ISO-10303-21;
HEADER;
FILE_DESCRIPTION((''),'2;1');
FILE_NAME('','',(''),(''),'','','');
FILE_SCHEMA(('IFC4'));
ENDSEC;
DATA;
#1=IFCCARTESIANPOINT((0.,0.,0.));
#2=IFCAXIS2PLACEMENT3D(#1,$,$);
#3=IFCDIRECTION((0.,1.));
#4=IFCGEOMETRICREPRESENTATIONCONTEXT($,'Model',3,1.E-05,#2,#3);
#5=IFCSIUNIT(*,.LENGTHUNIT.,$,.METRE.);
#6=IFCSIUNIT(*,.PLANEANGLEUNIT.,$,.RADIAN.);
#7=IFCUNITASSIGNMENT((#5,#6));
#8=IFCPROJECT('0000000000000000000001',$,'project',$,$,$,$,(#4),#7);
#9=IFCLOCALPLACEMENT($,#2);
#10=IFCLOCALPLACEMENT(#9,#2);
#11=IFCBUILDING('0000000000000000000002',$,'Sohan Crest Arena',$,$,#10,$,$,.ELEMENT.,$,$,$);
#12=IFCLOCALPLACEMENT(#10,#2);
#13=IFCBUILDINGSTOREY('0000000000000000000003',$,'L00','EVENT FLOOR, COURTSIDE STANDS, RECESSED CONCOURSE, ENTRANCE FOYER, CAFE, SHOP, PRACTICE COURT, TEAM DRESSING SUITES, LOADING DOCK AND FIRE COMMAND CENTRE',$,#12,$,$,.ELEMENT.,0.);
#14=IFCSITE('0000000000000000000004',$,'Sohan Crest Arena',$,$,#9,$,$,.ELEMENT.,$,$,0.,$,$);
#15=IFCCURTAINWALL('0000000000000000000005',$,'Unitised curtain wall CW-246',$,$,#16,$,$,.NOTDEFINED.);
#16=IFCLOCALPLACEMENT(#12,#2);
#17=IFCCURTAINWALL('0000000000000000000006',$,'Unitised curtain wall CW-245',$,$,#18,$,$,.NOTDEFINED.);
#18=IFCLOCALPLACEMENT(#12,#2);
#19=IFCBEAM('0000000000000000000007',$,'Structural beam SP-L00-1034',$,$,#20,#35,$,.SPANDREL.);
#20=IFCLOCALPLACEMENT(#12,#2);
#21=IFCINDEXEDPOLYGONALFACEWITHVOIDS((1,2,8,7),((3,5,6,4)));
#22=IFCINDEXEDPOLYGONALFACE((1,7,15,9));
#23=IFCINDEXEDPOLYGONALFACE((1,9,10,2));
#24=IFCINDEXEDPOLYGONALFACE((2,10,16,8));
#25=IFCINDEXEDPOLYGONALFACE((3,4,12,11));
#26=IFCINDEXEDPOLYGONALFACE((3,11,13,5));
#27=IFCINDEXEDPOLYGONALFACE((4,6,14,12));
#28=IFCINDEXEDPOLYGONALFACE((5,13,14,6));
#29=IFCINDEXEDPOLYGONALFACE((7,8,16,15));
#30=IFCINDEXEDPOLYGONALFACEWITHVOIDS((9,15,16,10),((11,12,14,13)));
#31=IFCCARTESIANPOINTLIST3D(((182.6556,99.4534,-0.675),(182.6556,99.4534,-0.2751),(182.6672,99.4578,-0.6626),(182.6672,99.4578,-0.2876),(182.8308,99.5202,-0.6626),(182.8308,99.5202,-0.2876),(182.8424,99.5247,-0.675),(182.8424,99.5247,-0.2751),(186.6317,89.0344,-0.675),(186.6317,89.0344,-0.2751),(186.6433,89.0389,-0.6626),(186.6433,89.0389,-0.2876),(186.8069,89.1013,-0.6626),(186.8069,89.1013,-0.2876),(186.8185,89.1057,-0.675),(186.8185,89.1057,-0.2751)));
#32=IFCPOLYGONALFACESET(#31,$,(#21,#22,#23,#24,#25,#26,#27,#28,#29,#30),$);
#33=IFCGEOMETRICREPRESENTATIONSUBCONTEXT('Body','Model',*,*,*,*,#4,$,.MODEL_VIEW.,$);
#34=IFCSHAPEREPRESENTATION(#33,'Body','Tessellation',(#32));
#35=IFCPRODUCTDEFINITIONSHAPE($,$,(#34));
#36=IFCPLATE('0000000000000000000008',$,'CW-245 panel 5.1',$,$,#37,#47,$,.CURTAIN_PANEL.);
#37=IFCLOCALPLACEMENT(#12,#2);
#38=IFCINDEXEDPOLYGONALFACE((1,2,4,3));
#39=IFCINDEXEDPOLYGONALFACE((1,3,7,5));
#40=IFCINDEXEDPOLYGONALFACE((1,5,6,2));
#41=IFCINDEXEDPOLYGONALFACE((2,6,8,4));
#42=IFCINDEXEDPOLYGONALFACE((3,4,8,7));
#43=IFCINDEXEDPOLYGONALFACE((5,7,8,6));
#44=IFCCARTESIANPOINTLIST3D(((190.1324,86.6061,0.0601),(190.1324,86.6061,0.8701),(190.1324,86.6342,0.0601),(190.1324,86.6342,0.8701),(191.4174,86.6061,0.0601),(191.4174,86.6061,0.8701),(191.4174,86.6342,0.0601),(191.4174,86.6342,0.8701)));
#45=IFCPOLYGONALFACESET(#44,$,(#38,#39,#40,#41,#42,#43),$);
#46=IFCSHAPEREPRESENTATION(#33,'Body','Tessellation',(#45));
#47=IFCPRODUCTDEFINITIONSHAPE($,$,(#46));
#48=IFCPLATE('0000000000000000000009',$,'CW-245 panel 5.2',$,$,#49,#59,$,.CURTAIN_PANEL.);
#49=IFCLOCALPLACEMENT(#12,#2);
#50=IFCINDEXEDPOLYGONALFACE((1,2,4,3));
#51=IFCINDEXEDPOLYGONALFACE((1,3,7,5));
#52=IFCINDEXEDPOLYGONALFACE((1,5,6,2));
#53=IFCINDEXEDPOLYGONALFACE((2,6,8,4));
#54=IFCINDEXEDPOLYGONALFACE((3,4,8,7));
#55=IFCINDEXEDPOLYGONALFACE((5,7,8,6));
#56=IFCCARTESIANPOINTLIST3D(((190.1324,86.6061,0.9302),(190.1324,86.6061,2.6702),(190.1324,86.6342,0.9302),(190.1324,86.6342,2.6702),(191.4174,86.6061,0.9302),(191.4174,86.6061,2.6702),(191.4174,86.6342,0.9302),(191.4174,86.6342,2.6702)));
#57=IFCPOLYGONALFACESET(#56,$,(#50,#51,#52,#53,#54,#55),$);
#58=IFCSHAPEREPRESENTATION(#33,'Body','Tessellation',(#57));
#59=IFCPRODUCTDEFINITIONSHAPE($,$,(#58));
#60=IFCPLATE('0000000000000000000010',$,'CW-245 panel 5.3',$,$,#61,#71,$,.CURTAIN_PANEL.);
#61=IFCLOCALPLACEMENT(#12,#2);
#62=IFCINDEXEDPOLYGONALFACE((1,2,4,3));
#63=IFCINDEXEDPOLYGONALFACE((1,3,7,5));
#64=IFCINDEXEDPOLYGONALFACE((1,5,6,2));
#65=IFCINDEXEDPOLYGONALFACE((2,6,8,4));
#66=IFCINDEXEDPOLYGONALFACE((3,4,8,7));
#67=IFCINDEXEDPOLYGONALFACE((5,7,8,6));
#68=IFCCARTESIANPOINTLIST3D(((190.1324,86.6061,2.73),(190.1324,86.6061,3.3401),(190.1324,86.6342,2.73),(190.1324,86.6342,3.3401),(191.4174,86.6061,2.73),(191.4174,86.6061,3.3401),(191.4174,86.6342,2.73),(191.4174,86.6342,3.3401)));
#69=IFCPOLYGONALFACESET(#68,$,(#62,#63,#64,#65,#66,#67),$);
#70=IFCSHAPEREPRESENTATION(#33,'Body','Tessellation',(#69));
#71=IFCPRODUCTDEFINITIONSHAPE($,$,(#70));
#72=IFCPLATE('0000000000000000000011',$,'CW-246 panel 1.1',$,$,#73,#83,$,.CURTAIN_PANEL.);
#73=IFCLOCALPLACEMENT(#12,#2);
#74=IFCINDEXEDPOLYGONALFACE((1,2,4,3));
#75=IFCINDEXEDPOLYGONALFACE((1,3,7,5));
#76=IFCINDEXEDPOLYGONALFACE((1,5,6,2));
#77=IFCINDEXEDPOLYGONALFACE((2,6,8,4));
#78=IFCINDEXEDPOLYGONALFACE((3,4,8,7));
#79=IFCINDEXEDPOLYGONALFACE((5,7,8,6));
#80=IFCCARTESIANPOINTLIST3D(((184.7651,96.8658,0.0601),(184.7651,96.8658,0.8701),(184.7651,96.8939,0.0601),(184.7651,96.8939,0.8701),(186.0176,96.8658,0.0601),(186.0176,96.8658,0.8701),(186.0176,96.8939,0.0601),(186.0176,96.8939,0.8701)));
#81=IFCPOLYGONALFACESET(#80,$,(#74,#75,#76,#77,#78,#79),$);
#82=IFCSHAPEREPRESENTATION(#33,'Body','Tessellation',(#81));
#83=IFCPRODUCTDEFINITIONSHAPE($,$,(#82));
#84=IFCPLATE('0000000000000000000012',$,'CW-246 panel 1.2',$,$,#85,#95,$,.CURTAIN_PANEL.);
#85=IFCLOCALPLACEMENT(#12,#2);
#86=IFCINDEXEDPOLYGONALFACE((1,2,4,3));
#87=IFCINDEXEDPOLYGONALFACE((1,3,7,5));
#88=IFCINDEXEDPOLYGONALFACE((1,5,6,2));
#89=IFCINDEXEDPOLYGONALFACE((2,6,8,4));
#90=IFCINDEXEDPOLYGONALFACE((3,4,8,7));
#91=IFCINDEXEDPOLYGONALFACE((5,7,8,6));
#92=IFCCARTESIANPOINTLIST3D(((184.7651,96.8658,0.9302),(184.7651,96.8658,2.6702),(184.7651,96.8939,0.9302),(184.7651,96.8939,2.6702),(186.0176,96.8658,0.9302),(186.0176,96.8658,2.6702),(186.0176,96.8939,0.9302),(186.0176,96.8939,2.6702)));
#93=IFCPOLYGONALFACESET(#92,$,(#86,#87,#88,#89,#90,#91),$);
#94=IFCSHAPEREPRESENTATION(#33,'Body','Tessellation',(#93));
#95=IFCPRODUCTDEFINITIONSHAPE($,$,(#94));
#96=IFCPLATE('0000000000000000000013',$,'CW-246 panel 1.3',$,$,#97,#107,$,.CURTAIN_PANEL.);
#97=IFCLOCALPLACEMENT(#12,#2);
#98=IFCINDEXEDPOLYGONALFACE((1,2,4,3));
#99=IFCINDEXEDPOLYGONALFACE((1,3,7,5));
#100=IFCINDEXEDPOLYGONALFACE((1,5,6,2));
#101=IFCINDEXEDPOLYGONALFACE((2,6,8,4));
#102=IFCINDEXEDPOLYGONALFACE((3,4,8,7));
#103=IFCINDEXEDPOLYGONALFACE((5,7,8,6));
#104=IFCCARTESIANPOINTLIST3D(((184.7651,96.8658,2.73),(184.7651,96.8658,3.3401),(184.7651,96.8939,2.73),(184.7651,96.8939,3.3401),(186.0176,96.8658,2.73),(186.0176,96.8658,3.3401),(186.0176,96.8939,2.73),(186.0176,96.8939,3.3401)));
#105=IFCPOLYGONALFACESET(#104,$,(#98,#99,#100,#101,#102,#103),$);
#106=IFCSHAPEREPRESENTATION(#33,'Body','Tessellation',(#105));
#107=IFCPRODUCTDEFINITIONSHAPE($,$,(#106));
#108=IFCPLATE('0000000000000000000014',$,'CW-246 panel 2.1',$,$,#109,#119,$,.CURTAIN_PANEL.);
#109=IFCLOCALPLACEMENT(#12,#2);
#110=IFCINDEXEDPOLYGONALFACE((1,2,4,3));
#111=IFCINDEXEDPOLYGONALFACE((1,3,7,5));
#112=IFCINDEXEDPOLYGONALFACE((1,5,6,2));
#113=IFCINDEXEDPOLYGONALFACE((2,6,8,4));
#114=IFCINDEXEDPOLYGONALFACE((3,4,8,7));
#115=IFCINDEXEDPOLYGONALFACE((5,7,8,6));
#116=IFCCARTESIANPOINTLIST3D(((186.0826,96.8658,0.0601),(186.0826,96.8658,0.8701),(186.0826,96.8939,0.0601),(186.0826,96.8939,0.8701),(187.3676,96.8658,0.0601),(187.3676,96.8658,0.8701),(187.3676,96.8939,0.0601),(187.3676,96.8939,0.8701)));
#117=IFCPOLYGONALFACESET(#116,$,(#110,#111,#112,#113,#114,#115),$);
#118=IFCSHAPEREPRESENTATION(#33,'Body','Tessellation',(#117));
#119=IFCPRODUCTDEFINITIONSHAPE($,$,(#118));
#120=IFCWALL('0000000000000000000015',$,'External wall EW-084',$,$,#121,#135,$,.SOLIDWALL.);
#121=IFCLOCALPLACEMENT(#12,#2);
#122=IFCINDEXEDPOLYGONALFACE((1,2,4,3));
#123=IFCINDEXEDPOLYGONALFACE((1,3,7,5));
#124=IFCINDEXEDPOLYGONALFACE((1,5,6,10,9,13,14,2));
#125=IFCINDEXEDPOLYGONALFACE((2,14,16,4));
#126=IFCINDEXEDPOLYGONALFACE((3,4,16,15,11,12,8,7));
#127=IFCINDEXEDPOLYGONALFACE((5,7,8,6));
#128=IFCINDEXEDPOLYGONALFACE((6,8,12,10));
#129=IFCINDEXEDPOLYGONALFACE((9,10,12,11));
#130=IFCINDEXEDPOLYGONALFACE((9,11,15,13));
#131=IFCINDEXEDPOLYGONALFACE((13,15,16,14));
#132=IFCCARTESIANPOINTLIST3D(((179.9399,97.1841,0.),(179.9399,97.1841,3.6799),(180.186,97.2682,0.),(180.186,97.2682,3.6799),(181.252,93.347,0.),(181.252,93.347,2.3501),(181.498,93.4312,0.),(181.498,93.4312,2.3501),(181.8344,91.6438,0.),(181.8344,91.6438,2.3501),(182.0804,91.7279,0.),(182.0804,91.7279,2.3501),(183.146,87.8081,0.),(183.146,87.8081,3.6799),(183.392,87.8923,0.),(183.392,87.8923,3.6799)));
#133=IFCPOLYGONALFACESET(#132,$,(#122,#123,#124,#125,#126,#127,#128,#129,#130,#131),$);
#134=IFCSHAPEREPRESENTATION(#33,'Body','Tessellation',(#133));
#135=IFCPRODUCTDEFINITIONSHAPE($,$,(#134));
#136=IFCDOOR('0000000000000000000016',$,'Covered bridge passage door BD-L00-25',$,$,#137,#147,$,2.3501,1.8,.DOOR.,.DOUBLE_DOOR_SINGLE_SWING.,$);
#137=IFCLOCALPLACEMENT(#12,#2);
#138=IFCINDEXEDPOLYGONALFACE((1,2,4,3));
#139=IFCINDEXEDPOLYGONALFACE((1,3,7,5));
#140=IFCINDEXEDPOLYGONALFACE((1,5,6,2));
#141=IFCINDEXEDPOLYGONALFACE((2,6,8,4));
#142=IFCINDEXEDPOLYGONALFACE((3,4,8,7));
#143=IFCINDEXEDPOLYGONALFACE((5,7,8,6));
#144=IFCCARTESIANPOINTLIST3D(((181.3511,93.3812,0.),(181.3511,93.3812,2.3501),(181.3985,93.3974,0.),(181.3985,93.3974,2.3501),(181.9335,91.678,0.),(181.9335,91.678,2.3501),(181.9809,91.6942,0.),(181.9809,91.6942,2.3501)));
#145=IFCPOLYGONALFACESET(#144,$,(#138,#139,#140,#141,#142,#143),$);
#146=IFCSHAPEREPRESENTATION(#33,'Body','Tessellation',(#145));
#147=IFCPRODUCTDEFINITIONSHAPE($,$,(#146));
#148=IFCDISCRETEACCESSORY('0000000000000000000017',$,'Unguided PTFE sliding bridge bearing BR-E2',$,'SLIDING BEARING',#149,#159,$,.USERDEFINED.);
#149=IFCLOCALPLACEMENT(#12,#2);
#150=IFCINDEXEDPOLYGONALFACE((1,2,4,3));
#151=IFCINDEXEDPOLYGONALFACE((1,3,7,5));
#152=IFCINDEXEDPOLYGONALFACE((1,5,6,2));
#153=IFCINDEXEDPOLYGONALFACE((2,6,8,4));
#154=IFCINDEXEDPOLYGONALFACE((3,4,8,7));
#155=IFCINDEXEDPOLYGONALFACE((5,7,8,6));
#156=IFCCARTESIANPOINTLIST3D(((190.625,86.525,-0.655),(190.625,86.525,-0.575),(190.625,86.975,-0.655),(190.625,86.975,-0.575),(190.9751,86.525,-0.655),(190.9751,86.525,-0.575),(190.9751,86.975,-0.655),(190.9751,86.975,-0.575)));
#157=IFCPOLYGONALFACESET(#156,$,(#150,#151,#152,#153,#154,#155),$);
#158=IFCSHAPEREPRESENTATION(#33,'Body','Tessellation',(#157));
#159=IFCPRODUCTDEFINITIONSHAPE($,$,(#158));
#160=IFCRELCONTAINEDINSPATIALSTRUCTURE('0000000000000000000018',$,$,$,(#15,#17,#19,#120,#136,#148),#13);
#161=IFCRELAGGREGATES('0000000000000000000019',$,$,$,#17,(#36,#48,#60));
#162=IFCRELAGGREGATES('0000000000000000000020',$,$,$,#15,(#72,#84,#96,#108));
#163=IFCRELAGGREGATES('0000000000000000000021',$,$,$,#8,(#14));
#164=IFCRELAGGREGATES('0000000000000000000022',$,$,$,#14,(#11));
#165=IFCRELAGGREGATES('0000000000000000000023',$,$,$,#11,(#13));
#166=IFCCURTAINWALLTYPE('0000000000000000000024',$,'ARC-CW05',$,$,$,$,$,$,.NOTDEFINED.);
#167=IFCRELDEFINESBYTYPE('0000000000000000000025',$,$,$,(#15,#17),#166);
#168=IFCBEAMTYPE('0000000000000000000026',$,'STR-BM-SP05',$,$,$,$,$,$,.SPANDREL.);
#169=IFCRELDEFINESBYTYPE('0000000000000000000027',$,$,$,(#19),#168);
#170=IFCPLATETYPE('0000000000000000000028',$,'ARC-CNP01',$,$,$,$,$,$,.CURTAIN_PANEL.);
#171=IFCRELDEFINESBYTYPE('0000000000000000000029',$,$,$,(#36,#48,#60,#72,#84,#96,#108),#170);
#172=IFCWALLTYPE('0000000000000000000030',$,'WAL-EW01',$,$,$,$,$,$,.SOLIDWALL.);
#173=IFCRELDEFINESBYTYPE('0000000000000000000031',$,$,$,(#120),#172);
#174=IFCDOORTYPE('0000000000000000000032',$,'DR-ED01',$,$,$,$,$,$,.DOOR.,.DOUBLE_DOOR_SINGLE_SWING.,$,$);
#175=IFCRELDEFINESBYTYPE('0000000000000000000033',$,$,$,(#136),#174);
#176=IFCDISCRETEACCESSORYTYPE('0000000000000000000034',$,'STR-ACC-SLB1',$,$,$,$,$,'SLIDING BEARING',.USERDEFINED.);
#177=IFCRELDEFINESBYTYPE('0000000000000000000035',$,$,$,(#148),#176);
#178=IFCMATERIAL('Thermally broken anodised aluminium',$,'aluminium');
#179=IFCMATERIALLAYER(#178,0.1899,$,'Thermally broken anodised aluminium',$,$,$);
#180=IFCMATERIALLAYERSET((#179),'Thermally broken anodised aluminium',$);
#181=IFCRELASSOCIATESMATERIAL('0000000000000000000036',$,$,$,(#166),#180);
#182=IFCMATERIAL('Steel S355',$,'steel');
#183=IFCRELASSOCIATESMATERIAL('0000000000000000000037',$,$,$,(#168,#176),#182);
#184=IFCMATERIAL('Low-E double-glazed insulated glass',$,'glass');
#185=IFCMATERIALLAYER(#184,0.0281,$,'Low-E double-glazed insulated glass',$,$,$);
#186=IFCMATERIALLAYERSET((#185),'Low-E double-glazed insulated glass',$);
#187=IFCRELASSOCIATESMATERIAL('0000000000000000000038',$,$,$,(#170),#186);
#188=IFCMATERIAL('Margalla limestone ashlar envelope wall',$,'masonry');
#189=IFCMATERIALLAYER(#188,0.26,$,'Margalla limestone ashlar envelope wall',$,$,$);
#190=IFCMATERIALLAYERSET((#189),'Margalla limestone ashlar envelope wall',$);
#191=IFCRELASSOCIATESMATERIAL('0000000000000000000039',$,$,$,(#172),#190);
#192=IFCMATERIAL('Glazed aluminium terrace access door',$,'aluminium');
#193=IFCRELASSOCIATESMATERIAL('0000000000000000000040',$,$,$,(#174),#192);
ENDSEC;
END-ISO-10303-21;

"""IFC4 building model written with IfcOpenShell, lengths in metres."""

from ifc_helpers import new_model, si_unit, direction, frame, frame_2d, origin, origin_2d, place, context, subcontext, project, spatial, rectangle, hollow_rectangle, extrude, material, layer, layer_set, material_profile, profile_set, type_object, element, fill, aggregate, save


model = new_model("IFC4")

# Units and contexts
model_context = context("Model", 3, precision=1e-05, world=origin(), true_north=direction((0.0, 1.0)))
body_context = subcontext(model_context, "Body", "Model", "MODEL_VIEW")
ifc_project = project(units=[si_unit("LENGTHUNIT", "METRE"), si_unit("PLANEANGLEUNIT", "RADIAN")], contexts=[model_context])

# Site, building, storey
site_placement = place(None, origin())
site = spatial("IfcSite", under=ifc_project, at=site_placement, Name="Sohan Crest Arena", CompositionType="ELEMENT", RefElevation=0.0)
building_placement = place(site_placement, origin())
building = spatial("IfcBuilding", under=site, at=building_placement, Name="Sohan Crest Arena", CompositionType="ELEMENT")
storey_placement = place(building_placement, origin())
storey = spatial("IfcBuildingStorey", under=building, at=storey_placement, Name="L00", Description="EVENT FLOOR, COURTSIDE STANDS, RECESSED CONCOURSE, ENTRANCE FOYER, CAFE, SHOP, PRACTICE COURT, TEAM DRESSING SUITES, LOADING DOCK AND FIRE COMMAND CENTRE", CompositionType="ELEMENT", Elevation=0.0)

# Shared definitions
ifc_material_1 = material(Name="Steel S355", Category="steel")

# Curtain wall
ifc_material_2 = material(Name="Thermally broken anodised aluminium", Category="aluminium")
ifc_layer_1 = layer(ifc_material_2, 0.1899, Name="Thermally broken anodised aluminium")
ifc_layer_set_1 = layer_set([ifc_layer_1], Name="Thermally broken anodised aluminium")
curtain_wall_type = type_object("IfcCurtainWallType", Name="ARC-CW05", PredefinedType="NOTDEFINED", material=ifc_layer_set_1)
curtain_wall_1_placement = place(storey_placement, origin())
curtain_wall_1 = element("IfcCurtainWall", 1, at=curtain_wall_1_placement, inside=storey, type_object=curtain_wall_type, Name="Unitised curtain wall CW-246", PredefinedType="NOTDEFINED")

# Curtain wall
curtain_wall_2_placement = place(storey_placement, origin())
curtain_wall_2 = element("IfcCurtainWall", 2, at=curtain_wall_2_placement, inside=storey, type_object=curtain_wall_type, Name="Unitised curtain wall CW-245", PredefinedType="NOTDEFINED")

# Beam
ifc_material_profile_1 = material_profile(ifc_material_1, hollow_rectangle(XDim=0.2, YDim=0.3999, WallThickness=0.0125, at=origin_2d()), Name="RHS 400x200x12.5")
ifc_profile_set_1 = profile_set([ifc_material_profile_1], Name="Steel S355")
beam_type_1 = type_object("IfcBeamType", Name="STR-BM-SP05", PredefinedType="SPANDREL", material=ifc_profile_set_1)
beam_1_placement = place(storey_placement, frame((186.7251, 89.0701, -0.4751), z_axis=(-0.35654, 0.93428, 0.0), x_axis=(-0.93428, -0.35654, 0.0)))
element("IfcBeam", 3, at=beam_1_placement, inside=storey, type_object=beam_type_1, Name="Structural beam SP-L00-1034", PredefinedType="SPANDREL", context=body_context, shape_type="SweptSolid", body=[
    extrude(hollow_rectangle(XDim=0.2, YDim=0.3999, WallThickness=0.0125, at=origin_2d()), origin(), (0.0, 0.0, 1.0), 11.1519),
])

# Plates
ifc_material_3 = material(Name="Low-E double-glazed insulated glass", Category="glass")
ifc_layer_2 = layer(ifc_material_3, 0.0281, Name="Low-E double-glazed insulated glass")
ifc_layer_set_2 = layer_set([ifc_layer_2], Name="Low-E double-glazed insulated glass")
plate_type = type_object("IfcPlateType", Name="ARC-CNP01", PredefinedType="CURTAIN_PANEL", material=ifc_layer_set_2)
plate_1_placement = place(storey_placement, frame((190.7749, 86.6201, 0.0601), z_axis=(0.0, 0.0, 1.0), x_axis=(1.0, 0.0, 0.0)))
plate_1 = element("IfcPlate", 4, at=plate_1_placement, type_object=plate_type, Name="CW-245 panel 5.1", PredefinedType="CURTAIN_PANEL", context=body_context, shape_type="SweptSolid", body=[
    extrude(rectangle(XDim=1.2849, YDim=0.0281, at=origin_2d()), origin(), (0.0, 0.0, 1.0), 0.8101),
])
plate_2_placement = place(storey_placement, frame((190.7749, 86.6201, 0.9302), z_axis=(0.0, 0.0, 1.0), x_axis=(1.0, 0.0, 0.0)))
plate_2 = element("IfcPlate", 5, at=plate_2_placement, type_object=plate_type, Name="CW-245 panel 5.2", PredefinedType="CURTAIN_PANEL", context=body_context, shape_type="SweptSolid", body=[
    extrude(rectangle(XDim=1.2849, YDim=0.0281, at=origin_2d()), origin(), (0.0, 0.0, 1.0), 1.74),
])
plate_3_placement = place(storey_placement, frame((190.7749, 86.6201, 2.73), z_axis=(0.0, 0.0, 1.0), x_axis=(1.0, 0.0, 0.0)))
plate_3 = element("IfcPlate", 6, at=plate_3_placement, type_object=plate_type, Name="CW-245 panel 5.3", PredefinedType="CURTAIN_PANEL", context=body_context, shape_type="SweptSolid", body=[
    extrude(rectangle(XDim=1.2849, YDim=0.0281, at=origin_2d()), origin(), (0.0, 0.0, 1.0), 0.6101),
])
aggregate(curtain_wall_2, [plate_1, plate_2, plate_3])
plate_4_placement = place(storey_placement, frame((185.3914, 96.8799, 0.0601), z_axis=(0.0, 0.0, 1.0), x_axis=(1.0, 0.0, 0.0)))
plate_4 = element("IfcPlate", 7, at=plate_4_placement, type_object=plate_type, Name="CW-246 panel 1.1", PredefinedType="CURTAIN_PANEL", context=body_context, shape_type="SweptSolid", body=[
    extrude(rectangle(XDim=1.2524, YDim=0.0281, at=origin_2d()), origin(), (0.0, 0.0, 1.0), 0.8101),
])
plate_5_placement = place(storey_placement, frame((185.3914, 96.8799, 0.9302), z_axis=(0.0, 0.0, 1.0), x_axis=(1.0, 0.0, 0.0)))
plate_5 = element("IfcPlate", 8, at=plate_5_placement, type_object=plate_type, Name="CW-246 panel 1.2", PredefinedType="CURTAIN_PANEL", context=body_context, shape_type="SweptSolid", body=[
    extrude(rectangle(XDim=1.2524, YDim=0.0281, at=origin_2d()), origin(), (0.0, 0.0, 1.0), 1.74),
])
plate_6_placement = place(storey_placement, frame((185.3914, 96.8799, 2.73), z_axis=(0.0, 0.0, 1.0), x_axis=(1.0, 0.0, 0.0)))
plate_6 = element("IfcPlate", 9, at=plate_6_placement, type_object=plate_type, Name="CW-246 panel 1.3", PredefinedType="CURTAIN_PANEL", context=body_context, shape_type="SweptSolid", body=[
    extrude(rectangle(XDim=1.2524, YDim=0.0281, at=origin_2d()), origin(), (0.0, 0.0, 1.0), 0.6101),
])
plate_7_placement = place(storey_placement, frame((186.7251, 96.8799, 0.0601), z_axis=(0.0, 0.0, 1.0), x_axis=(1.0, 0.0, 0.0)))
plate_7 = element("IfcPlate", 10, at=plate_7_placement, type_object=plate_type, Name="CW-246 panel 2.1", PredefinedType="CURTAIN_PANEL", context=body_context, shape_type="SweptSolid", body=[
    extrude(rectangle(XDim=1.2849, YDim=0.0281, at=origin_2d()), origin(), (0.0, 0.0, 1.0), 0.8101),
])
aggregate(curtain_wall_1, [plate_4, plate_5, plate_6, plate_7])

# Wall, opening, door
ifc_material_4 = material(Name="Margalla limestone ashlar envelope wall", Category="masonry")
ifc_layer_3 = layer(ifc_material_4, 0.26, Name="Margalla limestone ashlar envelope wall")
ifc_layer_set_3 = layer_set([ifc_layer_3], Name="Margalla limestone ashlar envelope wall")
wall_type = type_object("IfcWallType", Name="WAL-EW01", PredefinedType="SOLIDWALL", material=ifc_layer_set_3)
wall_placement = place(storey_placement, frame((183.269, 87.8501, 0.0), z_axis=(0.0, 0.0, 1.0), x_axis=(-0.323551, 0.946211, 0.0)))
wall = element("IfcWall", 11, at=wall_placement, inside=storey, type_object=wall_type, Name="External wall EW-084", PredefinedType="SOLIDWALL", context=body_context, shape_type="SweptSolid", body=[
    extrude(rectangle(XDim=9.9089, YDim=0.26, at=frame_2d((4.9546, 0.0))), origin(), (0.0, 0.0, 1.0), 3.6799),
])
opening_placement = place(wall_placement, frame((4.054, 0.0, 0.0)))
opening = element("IfcOpeningElement", 12, at=opening_placement, cuts=wall, PredefinedType="OPENING", context=body_context, shape_type="SweptSolid", body=[
    extrude(rectangle(XDim=1.8, YDim=2.3501, at=frame_2d((0.8999, 1.175))), frame((0.0, 0.1399, 0.0), z_axis=(0.0, -1.0, 0.0), x_axis=(1.0, 0.0, 0.0)), (0.0, 0.0, 1.0), 0.28),
])
ifc_material_5 = material(Name="Glazed aluminium terrace access door", Category="aluminium")
door_type = type_object("IfcDoorType", Name="DR-ED01", OperationType="DOUBLE_DOOR_SINGLE_SWING", PredefinedType="DOOR", material=ifc_material_5)
door_placement = place(opening_placement, frame((1.8, 0.0, 0.0), z_axis=(0.0, 0.0, 1.0), x_axis=(-1.0, 0.0, 0.0)))
door = element("IfcDoor", 13, at=door_placement, inside=storey, type_object=door_type, Name="Covered bridge passage door BD-L00-25", OperationType="DOUBLE_DOOR_SINGLE_SWING", OverallHeight=2.3501, OverallWidth=1.8, PredefinedType="DOOR", context=body_context, shape_type="SweptSolid", body=[
    extrude(rectangle(XDim=1.8, YDim=2.3501, at=frame_2d((0.8999, 1.175))), frame((0.0, 0.0249, 0.0), z_axis=(0.0, -1.0, 0.0), x_axis=(1.0, 0.0, 0.0)), (0.0, 0.0, 1.0), 0.05),
])
fill(opening, door)

# Discrete accessory
discrete_accessory_type = type_object("IfcDiscreteAccessoryType", Name="STR-ACC-SLB1", ElementType="SLIDING BEARING", PredefinedType="USERDEFINED", material=ifc_material_1)
discrete_accessory_placement = place(storey_placement, frame((190.8, 86.75, -0.655), z_axis=(0.0, 0.0, 1.0), x_axis=(1.0, 0.0, 0.0)))
element("IfcDiscreteAccessory", 14, at=discrete_accessory_placement, inside=storey, type_object=discrete_accessory_type, Name="Unguided PTFE sliding bridge bearing BR-E2", ObjectType="SLIDING BEARING", PredefinedType="USERDEFINED", context=body_context, shape_type="SweptSolid", body=[
    extrude(rectangle(XDim=0.3501, YDim=0.45, at=origin_2d()), origin(), (0.0, 0.0, 1.0), 0.0801),
])

save(model, "model.ifc")
